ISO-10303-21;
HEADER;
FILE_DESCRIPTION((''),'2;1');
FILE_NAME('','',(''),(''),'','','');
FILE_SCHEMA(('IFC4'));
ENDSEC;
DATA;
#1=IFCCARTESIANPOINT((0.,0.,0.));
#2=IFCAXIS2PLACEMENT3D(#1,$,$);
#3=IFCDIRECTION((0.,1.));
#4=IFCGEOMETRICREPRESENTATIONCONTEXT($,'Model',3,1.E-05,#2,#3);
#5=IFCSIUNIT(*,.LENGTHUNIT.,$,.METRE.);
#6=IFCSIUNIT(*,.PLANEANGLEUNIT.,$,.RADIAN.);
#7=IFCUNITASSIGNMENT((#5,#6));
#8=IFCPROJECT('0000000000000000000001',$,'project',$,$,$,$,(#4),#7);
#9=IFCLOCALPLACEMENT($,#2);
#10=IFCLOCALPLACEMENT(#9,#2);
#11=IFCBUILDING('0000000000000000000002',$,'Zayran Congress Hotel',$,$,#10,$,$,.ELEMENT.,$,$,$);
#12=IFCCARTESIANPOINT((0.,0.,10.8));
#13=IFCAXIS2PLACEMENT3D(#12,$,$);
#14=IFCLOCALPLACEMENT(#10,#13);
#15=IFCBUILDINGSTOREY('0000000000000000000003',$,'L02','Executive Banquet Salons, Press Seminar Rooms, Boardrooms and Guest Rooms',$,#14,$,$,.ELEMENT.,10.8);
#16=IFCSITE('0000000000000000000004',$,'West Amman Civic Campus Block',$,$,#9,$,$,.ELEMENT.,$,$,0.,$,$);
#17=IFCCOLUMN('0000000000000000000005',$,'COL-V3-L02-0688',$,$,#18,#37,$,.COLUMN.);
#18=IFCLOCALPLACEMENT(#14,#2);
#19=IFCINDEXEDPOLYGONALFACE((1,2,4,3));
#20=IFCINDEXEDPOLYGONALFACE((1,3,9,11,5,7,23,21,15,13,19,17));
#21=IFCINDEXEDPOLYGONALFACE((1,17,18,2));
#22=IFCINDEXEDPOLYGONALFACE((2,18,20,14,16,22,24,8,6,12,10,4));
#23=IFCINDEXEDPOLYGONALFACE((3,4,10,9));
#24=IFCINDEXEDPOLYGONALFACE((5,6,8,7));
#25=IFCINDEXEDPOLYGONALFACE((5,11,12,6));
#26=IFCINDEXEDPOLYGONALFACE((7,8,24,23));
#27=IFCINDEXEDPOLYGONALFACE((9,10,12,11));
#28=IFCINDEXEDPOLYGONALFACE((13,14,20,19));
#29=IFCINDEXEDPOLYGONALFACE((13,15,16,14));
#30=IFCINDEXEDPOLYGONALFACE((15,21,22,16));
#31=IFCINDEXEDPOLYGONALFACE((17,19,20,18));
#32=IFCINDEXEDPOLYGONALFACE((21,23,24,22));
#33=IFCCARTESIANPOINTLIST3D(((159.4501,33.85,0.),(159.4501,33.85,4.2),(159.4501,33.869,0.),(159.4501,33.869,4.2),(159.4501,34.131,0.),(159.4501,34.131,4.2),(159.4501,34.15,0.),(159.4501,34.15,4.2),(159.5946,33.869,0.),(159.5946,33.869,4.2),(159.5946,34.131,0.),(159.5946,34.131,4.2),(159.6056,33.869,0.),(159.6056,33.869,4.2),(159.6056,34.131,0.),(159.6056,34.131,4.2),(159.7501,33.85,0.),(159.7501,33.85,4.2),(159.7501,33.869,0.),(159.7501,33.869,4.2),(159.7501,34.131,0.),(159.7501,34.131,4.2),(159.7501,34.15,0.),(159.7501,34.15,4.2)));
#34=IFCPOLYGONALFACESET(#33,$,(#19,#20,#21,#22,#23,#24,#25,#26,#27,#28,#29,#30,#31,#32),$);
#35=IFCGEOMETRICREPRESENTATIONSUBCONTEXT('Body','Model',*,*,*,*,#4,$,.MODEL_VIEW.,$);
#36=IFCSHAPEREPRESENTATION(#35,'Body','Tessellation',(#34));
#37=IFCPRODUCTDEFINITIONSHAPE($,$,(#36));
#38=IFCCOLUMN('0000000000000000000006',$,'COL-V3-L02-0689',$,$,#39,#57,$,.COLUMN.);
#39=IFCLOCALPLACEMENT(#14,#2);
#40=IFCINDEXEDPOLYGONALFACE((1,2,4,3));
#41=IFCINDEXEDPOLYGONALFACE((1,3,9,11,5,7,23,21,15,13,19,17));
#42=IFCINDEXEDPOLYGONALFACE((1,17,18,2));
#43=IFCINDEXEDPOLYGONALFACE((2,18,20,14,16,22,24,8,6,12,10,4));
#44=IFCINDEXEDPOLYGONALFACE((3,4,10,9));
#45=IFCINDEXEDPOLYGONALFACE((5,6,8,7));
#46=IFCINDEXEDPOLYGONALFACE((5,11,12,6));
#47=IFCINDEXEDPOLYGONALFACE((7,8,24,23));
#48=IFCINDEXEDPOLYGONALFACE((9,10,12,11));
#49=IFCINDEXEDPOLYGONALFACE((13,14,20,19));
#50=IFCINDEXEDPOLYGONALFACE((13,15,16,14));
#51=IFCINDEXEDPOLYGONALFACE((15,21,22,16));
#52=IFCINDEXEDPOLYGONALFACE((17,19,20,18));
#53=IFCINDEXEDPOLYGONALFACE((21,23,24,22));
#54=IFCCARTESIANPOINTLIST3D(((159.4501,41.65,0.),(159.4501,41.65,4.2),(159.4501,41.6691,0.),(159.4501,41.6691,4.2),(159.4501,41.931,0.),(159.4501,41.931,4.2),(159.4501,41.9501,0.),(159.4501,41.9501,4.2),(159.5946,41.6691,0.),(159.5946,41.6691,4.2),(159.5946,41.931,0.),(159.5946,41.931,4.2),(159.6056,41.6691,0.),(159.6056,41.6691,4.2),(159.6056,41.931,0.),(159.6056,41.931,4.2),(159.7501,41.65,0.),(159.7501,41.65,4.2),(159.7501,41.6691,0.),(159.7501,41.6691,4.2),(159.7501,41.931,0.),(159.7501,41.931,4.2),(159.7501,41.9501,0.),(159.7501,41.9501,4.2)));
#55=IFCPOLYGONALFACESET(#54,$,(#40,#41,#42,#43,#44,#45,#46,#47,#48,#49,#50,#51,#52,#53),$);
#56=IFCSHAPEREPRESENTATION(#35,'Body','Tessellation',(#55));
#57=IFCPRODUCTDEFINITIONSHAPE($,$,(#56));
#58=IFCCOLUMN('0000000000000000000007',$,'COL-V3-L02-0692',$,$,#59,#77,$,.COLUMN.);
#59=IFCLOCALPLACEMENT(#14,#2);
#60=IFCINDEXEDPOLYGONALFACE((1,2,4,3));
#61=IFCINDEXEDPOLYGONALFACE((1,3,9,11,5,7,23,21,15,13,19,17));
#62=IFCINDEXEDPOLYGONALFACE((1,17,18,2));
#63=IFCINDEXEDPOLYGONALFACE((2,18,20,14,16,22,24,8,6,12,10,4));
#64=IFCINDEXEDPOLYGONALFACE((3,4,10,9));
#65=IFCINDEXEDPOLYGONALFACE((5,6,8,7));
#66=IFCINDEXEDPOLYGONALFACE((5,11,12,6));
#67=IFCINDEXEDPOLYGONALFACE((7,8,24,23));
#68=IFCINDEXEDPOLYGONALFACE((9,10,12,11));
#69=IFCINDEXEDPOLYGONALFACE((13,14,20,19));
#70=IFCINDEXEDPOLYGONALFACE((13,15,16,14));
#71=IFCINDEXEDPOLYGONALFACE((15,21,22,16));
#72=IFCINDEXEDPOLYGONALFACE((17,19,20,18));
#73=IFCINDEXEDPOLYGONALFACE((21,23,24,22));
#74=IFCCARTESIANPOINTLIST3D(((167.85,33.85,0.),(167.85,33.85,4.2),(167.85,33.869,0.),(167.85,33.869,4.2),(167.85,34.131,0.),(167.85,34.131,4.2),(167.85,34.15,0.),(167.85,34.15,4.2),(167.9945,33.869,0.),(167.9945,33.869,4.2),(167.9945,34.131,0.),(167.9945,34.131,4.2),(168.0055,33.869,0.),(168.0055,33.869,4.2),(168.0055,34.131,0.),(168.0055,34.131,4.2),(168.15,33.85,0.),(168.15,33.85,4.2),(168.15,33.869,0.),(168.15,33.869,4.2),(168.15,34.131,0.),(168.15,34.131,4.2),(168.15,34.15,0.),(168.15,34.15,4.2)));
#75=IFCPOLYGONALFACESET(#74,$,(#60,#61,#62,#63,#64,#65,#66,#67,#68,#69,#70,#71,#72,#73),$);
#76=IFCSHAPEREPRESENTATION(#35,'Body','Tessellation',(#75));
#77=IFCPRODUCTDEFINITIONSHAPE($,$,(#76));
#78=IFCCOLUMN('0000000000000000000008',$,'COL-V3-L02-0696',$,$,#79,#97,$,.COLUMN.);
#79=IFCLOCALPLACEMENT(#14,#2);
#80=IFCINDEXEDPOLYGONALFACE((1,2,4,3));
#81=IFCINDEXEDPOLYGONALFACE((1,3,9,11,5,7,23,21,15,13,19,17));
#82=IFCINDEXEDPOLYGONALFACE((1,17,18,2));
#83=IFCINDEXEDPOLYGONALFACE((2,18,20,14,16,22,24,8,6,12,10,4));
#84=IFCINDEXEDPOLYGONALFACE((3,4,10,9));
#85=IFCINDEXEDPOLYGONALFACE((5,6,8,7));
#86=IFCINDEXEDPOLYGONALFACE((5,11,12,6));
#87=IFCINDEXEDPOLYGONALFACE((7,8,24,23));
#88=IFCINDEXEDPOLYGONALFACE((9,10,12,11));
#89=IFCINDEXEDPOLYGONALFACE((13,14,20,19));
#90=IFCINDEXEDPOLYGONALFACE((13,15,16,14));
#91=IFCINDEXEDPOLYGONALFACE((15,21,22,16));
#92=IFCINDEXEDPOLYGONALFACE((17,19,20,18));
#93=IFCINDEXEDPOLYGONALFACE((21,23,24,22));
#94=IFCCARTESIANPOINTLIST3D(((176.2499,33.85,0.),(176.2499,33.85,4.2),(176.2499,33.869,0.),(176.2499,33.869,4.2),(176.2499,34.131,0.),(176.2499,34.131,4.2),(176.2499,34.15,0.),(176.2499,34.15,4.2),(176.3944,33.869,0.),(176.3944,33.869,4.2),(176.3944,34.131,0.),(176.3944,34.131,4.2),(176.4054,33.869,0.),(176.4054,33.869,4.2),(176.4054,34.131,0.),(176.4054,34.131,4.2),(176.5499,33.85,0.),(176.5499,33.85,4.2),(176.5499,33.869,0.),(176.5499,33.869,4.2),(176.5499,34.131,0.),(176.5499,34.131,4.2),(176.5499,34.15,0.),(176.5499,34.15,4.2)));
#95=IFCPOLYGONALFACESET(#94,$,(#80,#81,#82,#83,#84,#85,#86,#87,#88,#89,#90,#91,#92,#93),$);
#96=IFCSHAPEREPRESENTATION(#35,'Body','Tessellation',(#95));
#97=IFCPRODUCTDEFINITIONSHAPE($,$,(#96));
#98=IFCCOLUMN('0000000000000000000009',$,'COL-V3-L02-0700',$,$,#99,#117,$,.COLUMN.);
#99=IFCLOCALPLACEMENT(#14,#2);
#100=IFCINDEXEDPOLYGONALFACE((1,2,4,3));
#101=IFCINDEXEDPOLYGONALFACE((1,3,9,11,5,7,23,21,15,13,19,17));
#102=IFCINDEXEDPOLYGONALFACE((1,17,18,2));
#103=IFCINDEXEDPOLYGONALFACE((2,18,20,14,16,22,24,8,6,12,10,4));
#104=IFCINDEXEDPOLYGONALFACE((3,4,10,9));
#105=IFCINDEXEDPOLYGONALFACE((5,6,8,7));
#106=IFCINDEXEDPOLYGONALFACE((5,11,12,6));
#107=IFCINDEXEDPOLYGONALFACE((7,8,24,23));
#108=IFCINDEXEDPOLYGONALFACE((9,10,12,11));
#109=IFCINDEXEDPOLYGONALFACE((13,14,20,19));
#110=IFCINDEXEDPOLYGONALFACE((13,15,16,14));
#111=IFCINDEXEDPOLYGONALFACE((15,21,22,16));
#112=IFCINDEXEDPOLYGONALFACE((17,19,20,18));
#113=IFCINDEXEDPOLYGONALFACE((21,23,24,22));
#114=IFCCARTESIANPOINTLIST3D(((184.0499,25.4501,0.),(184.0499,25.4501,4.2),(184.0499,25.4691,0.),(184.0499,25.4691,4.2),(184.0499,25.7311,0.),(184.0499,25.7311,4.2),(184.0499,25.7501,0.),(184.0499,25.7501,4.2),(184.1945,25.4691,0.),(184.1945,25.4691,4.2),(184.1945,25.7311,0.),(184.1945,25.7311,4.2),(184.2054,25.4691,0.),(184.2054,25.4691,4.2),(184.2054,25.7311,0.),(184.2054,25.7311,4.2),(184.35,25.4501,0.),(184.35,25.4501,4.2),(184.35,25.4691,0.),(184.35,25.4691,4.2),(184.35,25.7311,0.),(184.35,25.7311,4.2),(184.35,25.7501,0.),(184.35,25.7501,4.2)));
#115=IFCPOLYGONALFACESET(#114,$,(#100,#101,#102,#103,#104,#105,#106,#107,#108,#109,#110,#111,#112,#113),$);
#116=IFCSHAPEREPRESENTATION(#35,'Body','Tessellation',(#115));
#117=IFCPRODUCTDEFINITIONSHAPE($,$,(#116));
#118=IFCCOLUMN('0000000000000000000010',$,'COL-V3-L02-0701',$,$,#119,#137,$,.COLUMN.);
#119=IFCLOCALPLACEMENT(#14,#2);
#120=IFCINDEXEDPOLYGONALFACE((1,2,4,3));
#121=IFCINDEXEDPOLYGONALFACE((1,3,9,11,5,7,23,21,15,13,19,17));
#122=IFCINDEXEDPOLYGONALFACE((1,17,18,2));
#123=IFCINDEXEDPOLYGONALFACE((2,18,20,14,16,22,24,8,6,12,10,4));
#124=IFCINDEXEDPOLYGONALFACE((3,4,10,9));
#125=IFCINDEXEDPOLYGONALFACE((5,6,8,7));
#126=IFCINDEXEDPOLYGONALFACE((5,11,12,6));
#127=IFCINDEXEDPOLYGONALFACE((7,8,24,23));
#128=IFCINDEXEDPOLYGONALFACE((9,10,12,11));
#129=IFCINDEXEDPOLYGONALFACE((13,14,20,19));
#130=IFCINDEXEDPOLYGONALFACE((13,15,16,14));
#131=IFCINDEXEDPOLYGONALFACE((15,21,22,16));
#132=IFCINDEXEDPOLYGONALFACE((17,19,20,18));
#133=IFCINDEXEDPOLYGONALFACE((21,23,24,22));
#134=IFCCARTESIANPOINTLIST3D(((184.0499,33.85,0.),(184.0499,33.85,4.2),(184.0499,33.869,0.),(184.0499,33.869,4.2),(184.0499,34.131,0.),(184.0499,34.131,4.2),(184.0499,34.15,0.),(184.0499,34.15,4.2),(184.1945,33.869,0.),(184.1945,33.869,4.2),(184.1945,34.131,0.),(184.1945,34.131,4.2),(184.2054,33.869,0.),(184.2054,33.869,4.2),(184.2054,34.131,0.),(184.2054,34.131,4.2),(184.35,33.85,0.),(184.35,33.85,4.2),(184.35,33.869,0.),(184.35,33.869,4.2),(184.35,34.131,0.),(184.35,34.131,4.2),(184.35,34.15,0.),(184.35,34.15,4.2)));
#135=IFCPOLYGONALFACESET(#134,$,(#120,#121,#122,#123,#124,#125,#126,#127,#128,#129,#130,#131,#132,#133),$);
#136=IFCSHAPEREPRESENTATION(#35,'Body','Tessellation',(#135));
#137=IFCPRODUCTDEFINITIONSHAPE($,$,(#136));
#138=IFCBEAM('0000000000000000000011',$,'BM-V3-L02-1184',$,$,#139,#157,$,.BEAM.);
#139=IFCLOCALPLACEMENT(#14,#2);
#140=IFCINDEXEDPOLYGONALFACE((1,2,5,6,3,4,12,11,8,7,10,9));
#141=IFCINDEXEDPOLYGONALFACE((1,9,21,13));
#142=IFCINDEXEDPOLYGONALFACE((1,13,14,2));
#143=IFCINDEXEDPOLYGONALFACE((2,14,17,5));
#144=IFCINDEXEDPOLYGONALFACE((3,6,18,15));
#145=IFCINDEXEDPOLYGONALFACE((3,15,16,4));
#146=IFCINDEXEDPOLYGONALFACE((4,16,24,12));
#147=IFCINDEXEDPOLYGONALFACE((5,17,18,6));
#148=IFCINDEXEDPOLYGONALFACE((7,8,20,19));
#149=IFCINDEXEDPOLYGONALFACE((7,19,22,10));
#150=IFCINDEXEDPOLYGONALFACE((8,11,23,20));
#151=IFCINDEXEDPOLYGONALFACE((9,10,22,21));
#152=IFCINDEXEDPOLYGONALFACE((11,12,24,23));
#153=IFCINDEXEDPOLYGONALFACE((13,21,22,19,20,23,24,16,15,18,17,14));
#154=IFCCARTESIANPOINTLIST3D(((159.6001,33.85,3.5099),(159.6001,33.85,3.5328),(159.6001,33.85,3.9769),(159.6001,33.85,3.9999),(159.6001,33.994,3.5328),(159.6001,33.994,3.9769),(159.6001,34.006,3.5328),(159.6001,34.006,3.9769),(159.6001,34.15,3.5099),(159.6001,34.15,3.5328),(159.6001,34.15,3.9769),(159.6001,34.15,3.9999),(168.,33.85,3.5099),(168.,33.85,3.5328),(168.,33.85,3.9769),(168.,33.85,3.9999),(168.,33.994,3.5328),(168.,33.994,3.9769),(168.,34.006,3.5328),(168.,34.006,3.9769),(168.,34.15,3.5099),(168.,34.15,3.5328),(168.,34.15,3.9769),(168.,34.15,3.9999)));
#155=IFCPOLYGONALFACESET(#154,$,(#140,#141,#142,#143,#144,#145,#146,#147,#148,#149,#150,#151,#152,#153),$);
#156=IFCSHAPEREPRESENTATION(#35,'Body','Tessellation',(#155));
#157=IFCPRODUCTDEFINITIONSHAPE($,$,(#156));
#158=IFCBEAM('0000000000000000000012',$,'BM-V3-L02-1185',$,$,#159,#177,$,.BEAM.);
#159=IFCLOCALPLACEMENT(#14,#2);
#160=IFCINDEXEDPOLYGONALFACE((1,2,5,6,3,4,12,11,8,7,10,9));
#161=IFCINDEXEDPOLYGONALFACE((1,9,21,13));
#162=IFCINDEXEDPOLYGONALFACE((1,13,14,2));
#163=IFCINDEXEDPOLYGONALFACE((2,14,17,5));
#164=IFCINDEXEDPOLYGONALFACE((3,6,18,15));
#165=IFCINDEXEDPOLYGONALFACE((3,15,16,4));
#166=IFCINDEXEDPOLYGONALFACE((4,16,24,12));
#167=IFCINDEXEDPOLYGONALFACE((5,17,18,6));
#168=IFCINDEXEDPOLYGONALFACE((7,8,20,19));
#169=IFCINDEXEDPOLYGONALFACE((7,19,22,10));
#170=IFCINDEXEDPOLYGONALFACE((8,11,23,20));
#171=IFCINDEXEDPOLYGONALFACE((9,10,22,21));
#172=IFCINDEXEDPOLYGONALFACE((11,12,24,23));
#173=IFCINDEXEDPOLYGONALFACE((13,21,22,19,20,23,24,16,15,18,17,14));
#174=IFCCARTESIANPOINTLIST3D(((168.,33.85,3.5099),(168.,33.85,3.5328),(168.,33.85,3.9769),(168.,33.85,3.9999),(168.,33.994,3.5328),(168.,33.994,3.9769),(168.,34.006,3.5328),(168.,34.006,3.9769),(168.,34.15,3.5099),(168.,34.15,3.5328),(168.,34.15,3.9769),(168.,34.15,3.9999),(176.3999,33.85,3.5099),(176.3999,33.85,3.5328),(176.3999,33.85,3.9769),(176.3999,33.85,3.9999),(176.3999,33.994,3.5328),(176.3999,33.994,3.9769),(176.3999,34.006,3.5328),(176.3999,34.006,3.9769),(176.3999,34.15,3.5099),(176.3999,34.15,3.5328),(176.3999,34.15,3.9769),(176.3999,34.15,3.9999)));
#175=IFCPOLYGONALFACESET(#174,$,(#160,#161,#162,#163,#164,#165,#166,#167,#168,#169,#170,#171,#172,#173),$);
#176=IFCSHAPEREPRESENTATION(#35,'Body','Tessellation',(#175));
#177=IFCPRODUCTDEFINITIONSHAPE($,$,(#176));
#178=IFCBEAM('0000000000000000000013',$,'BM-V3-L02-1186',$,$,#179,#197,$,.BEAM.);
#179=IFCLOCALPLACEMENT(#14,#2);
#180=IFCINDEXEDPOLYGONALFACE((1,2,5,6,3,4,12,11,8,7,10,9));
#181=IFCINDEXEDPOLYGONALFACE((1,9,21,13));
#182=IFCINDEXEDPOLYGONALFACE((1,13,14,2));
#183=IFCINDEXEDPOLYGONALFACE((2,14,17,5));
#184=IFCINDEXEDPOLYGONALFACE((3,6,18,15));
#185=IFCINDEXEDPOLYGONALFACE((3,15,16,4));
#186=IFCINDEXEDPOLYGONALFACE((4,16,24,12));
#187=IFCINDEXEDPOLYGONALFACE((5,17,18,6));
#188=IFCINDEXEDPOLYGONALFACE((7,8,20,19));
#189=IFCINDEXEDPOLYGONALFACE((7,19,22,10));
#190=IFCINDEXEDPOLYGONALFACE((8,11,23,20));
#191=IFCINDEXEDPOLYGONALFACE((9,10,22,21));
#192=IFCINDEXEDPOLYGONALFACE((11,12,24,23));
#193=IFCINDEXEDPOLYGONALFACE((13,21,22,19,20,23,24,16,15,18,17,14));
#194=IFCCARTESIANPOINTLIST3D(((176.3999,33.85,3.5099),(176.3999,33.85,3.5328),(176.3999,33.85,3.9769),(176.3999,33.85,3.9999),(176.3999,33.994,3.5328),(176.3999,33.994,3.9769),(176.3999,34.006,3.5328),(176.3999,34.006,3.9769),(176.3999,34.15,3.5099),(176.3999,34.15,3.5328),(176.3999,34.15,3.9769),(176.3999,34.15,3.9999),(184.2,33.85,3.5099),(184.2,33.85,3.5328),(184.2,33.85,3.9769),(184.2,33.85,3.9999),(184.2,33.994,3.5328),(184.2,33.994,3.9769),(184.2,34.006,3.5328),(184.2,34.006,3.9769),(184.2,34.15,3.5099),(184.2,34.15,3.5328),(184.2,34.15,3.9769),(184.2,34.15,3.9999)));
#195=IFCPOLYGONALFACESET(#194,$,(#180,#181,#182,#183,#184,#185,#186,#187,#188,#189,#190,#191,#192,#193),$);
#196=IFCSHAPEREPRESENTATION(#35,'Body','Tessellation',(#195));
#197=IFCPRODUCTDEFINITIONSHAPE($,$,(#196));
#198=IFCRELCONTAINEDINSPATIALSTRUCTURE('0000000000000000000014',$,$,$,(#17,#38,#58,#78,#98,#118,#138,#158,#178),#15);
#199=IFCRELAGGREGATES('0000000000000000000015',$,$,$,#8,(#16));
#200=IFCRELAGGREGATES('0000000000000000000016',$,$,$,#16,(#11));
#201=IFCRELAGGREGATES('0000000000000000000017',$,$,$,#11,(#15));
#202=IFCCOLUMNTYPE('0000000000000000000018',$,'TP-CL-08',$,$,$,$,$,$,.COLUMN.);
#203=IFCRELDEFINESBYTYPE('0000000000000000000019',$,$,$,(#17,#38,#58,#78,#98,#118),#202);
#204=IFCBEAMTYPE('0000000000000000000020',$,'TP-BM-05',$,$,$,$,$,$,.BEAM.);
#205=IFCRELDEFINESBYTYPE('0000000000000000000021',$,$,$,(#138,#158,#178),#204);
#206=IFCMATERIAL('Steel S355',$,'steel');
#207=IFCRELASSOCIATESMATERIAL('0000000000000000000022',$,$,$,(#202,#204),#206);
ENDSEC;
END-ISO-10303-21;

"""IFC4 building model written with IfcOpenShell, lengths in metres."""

from ifc_helpers import new_model, si_unit, direction, frame, origin, origin_2d, place, context, subcontext, project, spatial, i_section, extrude, material, material_profile, profile_set, type_object, element, save


model = new_model("IFC4")

# Units and contexts
model_context = context("Model", 3, precision=1e-05, world=origin(), true_north=direction((0.0, 1.0)))
body_context = subcontext(model_context, "Body", "Model", "MODEL_VIEW")
ifc_project = project(units=[si_unit("LENGTHUNIT", "METRE"), si_unit("PLANEANGLEUNIT", "RADIAN")], contexts=[model_context])

# Site, building, storey
site_placement = place(None, origin())
site = spatial("IfcSite", under=ifc_project, at=site_placement, Name="West Amman Civic Campus Block", CompositionType="ELEMENT", RefElevation=0.0)
building_placement = place(site_placement, origin())
building = spatial("IfcBuilding", under=site, at=building_placement, Name="Zayran Congress Hotel", CompositionType="ELEMENT")
storey_placement = place(building_placement, frame((0.0, 0.0, 10.8)))
storey = spatial("IfcBuildingStorey", under=building, at=storey_placement, Name="L02", Description="Executive Banquet Salons, Press Seminar Rooms, Boardrooms and Guest Rooms", CompositionType="ELEMENT", Elevation=10.8)

# Columns
ifc_material_1 = material(Name="Steel S355", Category="steel")
ifc_material_profile_1 = material_profile(ifc_material_1, i_section(OverallWidth=0.3, OverallDepth=0.3, WebThickness=0.011, FlangeThickness=0.019, at=origin_2d()), Name="HEB 300")
ifc_profile_set_1 = profile_set([ifc_material_profile_1], Name="Steel S355")
column_type = type_object("IfcColumnType", Name="TP-CL-08", PredefinedType="COLUMN", material=ifc_profile_set_1)
for number, where, z_axis, x_axis, name in (
    (1, (159.6001, 34.0, 0.0), (0.0, 0.0, 1.0), (1.0, 0.0, 0.0), "COL-V3-L02-0688"),
    (2, (159.6001, 41.8, 0.0), (0.0, 0.0, 1.0), (1.0, 0.0, 0.0), "COL-V3-L02-0689"),
    (3, (168.0, 34.0, 0.0), (0.0, 0.0, 1.0), (1.0, 0.0, 0.0), "COL-V3-L02-0692"),
    (4, (176.3999, 34.0, 0.0), (0.0, 0.0, 1.0), (1.0, 0.0, 0.0), "COL-V3-L02-0696"),
    (5, (184.2, 25.6001, 0.0), (0.0, 0.0, 1.0), (1.0, 0.0, 0.0), "COL-V3-L02-0700"),
    (6, (184.2, 34.0, 0.0), (0.0, 0.0, 1.0), (1.0, 0.0, 0.0), "COL-V3-L02-0701"),
):
    element("IfcColumn", number, at=place(storey_placement, frame(where, z_axis=z_axis, x_axis=x_axis)), inside=storey, type_object=column_type, Name=name, PredefinedType="COLUMN", context=body_context, shape_type="SweptSolid", body=[
        extrude(i_section(OverallWidth=0.3, OverallDepth=0.3, WebThickness=0.011, FlangeThickness=0.019, at=origin_2d()), origin(), (0.0, 0.0, 1.0), 4.2),
    ])

# Beams
ifc_material_profile_2 = material_profile(ifc_material_1, i_section(OverallWidth=0.3, OverallDepth=0.49, WebThickness=0.012, FlangeThickness=0.0229, at=origin_2d()), Name="HEA 500")
ifc_profile_set_2 = profile_set([ifc_material_profile_2], Name="Steel S355")
beam_type_1 = type_object("IfcBeamType", Name="TP-BM-05", PredefinedType="BEAM", material=ifc_profile_set_2)
for number, where, z_axis, x_axis, name in (
    (7, (159.6001, 34.0, 3.7549), (1.0, 0.0, 0.0), (0.0, 1.0, 0.0), "BM-V3-L02-1184"),
    (8, (168.0, 34.0, 3.7549), (1.0, 0.0, 0.0), (0.0, 1.0, 0.0), "BM-V3-L02-1185"),
):
    element("IfcBeam", number, at=place(storey_placement, frame(where, z_axis=z_axis, x_axis=x_axis)), inside=storey, type_object=beam_type_1, Name=name, PredefinedType="BEAM", context=body_context, shape_type="SweptSolid", body=[
        extrude(i_section(OverallWidth=0.3, OverallDepth=0.49, WebThickness=0.012, FlangeThickness=0.0229, at=origin_2d()), origin(), (0.0, 0.0, 1.0), 8.3999),
    ])
beam_1_placement = place(storey_placement, frame((176.3999, 34.0, 3.7549), z_axis=(1.0, 0.0, 0.0), x_axis=(0.0, 1.0, 0.0)))
element("IfcBeam", 9, at=beam_1_placement, inside=storey, type_object=beam_type_1, Name="BM-V3-L02-1186", PredefinedType="BEAM", context=body_context, shape_type="SweptSolid", body=[
    extrude(i_section(OverallWidth=0.3, OverallDepth=0.49, WebThickness=0.012, FlangeThickness=0.0229, at=origin_2d()), origin(), (0.0, 0.0, 1.0), 7.8),
])

save(model, "model.ifc")
